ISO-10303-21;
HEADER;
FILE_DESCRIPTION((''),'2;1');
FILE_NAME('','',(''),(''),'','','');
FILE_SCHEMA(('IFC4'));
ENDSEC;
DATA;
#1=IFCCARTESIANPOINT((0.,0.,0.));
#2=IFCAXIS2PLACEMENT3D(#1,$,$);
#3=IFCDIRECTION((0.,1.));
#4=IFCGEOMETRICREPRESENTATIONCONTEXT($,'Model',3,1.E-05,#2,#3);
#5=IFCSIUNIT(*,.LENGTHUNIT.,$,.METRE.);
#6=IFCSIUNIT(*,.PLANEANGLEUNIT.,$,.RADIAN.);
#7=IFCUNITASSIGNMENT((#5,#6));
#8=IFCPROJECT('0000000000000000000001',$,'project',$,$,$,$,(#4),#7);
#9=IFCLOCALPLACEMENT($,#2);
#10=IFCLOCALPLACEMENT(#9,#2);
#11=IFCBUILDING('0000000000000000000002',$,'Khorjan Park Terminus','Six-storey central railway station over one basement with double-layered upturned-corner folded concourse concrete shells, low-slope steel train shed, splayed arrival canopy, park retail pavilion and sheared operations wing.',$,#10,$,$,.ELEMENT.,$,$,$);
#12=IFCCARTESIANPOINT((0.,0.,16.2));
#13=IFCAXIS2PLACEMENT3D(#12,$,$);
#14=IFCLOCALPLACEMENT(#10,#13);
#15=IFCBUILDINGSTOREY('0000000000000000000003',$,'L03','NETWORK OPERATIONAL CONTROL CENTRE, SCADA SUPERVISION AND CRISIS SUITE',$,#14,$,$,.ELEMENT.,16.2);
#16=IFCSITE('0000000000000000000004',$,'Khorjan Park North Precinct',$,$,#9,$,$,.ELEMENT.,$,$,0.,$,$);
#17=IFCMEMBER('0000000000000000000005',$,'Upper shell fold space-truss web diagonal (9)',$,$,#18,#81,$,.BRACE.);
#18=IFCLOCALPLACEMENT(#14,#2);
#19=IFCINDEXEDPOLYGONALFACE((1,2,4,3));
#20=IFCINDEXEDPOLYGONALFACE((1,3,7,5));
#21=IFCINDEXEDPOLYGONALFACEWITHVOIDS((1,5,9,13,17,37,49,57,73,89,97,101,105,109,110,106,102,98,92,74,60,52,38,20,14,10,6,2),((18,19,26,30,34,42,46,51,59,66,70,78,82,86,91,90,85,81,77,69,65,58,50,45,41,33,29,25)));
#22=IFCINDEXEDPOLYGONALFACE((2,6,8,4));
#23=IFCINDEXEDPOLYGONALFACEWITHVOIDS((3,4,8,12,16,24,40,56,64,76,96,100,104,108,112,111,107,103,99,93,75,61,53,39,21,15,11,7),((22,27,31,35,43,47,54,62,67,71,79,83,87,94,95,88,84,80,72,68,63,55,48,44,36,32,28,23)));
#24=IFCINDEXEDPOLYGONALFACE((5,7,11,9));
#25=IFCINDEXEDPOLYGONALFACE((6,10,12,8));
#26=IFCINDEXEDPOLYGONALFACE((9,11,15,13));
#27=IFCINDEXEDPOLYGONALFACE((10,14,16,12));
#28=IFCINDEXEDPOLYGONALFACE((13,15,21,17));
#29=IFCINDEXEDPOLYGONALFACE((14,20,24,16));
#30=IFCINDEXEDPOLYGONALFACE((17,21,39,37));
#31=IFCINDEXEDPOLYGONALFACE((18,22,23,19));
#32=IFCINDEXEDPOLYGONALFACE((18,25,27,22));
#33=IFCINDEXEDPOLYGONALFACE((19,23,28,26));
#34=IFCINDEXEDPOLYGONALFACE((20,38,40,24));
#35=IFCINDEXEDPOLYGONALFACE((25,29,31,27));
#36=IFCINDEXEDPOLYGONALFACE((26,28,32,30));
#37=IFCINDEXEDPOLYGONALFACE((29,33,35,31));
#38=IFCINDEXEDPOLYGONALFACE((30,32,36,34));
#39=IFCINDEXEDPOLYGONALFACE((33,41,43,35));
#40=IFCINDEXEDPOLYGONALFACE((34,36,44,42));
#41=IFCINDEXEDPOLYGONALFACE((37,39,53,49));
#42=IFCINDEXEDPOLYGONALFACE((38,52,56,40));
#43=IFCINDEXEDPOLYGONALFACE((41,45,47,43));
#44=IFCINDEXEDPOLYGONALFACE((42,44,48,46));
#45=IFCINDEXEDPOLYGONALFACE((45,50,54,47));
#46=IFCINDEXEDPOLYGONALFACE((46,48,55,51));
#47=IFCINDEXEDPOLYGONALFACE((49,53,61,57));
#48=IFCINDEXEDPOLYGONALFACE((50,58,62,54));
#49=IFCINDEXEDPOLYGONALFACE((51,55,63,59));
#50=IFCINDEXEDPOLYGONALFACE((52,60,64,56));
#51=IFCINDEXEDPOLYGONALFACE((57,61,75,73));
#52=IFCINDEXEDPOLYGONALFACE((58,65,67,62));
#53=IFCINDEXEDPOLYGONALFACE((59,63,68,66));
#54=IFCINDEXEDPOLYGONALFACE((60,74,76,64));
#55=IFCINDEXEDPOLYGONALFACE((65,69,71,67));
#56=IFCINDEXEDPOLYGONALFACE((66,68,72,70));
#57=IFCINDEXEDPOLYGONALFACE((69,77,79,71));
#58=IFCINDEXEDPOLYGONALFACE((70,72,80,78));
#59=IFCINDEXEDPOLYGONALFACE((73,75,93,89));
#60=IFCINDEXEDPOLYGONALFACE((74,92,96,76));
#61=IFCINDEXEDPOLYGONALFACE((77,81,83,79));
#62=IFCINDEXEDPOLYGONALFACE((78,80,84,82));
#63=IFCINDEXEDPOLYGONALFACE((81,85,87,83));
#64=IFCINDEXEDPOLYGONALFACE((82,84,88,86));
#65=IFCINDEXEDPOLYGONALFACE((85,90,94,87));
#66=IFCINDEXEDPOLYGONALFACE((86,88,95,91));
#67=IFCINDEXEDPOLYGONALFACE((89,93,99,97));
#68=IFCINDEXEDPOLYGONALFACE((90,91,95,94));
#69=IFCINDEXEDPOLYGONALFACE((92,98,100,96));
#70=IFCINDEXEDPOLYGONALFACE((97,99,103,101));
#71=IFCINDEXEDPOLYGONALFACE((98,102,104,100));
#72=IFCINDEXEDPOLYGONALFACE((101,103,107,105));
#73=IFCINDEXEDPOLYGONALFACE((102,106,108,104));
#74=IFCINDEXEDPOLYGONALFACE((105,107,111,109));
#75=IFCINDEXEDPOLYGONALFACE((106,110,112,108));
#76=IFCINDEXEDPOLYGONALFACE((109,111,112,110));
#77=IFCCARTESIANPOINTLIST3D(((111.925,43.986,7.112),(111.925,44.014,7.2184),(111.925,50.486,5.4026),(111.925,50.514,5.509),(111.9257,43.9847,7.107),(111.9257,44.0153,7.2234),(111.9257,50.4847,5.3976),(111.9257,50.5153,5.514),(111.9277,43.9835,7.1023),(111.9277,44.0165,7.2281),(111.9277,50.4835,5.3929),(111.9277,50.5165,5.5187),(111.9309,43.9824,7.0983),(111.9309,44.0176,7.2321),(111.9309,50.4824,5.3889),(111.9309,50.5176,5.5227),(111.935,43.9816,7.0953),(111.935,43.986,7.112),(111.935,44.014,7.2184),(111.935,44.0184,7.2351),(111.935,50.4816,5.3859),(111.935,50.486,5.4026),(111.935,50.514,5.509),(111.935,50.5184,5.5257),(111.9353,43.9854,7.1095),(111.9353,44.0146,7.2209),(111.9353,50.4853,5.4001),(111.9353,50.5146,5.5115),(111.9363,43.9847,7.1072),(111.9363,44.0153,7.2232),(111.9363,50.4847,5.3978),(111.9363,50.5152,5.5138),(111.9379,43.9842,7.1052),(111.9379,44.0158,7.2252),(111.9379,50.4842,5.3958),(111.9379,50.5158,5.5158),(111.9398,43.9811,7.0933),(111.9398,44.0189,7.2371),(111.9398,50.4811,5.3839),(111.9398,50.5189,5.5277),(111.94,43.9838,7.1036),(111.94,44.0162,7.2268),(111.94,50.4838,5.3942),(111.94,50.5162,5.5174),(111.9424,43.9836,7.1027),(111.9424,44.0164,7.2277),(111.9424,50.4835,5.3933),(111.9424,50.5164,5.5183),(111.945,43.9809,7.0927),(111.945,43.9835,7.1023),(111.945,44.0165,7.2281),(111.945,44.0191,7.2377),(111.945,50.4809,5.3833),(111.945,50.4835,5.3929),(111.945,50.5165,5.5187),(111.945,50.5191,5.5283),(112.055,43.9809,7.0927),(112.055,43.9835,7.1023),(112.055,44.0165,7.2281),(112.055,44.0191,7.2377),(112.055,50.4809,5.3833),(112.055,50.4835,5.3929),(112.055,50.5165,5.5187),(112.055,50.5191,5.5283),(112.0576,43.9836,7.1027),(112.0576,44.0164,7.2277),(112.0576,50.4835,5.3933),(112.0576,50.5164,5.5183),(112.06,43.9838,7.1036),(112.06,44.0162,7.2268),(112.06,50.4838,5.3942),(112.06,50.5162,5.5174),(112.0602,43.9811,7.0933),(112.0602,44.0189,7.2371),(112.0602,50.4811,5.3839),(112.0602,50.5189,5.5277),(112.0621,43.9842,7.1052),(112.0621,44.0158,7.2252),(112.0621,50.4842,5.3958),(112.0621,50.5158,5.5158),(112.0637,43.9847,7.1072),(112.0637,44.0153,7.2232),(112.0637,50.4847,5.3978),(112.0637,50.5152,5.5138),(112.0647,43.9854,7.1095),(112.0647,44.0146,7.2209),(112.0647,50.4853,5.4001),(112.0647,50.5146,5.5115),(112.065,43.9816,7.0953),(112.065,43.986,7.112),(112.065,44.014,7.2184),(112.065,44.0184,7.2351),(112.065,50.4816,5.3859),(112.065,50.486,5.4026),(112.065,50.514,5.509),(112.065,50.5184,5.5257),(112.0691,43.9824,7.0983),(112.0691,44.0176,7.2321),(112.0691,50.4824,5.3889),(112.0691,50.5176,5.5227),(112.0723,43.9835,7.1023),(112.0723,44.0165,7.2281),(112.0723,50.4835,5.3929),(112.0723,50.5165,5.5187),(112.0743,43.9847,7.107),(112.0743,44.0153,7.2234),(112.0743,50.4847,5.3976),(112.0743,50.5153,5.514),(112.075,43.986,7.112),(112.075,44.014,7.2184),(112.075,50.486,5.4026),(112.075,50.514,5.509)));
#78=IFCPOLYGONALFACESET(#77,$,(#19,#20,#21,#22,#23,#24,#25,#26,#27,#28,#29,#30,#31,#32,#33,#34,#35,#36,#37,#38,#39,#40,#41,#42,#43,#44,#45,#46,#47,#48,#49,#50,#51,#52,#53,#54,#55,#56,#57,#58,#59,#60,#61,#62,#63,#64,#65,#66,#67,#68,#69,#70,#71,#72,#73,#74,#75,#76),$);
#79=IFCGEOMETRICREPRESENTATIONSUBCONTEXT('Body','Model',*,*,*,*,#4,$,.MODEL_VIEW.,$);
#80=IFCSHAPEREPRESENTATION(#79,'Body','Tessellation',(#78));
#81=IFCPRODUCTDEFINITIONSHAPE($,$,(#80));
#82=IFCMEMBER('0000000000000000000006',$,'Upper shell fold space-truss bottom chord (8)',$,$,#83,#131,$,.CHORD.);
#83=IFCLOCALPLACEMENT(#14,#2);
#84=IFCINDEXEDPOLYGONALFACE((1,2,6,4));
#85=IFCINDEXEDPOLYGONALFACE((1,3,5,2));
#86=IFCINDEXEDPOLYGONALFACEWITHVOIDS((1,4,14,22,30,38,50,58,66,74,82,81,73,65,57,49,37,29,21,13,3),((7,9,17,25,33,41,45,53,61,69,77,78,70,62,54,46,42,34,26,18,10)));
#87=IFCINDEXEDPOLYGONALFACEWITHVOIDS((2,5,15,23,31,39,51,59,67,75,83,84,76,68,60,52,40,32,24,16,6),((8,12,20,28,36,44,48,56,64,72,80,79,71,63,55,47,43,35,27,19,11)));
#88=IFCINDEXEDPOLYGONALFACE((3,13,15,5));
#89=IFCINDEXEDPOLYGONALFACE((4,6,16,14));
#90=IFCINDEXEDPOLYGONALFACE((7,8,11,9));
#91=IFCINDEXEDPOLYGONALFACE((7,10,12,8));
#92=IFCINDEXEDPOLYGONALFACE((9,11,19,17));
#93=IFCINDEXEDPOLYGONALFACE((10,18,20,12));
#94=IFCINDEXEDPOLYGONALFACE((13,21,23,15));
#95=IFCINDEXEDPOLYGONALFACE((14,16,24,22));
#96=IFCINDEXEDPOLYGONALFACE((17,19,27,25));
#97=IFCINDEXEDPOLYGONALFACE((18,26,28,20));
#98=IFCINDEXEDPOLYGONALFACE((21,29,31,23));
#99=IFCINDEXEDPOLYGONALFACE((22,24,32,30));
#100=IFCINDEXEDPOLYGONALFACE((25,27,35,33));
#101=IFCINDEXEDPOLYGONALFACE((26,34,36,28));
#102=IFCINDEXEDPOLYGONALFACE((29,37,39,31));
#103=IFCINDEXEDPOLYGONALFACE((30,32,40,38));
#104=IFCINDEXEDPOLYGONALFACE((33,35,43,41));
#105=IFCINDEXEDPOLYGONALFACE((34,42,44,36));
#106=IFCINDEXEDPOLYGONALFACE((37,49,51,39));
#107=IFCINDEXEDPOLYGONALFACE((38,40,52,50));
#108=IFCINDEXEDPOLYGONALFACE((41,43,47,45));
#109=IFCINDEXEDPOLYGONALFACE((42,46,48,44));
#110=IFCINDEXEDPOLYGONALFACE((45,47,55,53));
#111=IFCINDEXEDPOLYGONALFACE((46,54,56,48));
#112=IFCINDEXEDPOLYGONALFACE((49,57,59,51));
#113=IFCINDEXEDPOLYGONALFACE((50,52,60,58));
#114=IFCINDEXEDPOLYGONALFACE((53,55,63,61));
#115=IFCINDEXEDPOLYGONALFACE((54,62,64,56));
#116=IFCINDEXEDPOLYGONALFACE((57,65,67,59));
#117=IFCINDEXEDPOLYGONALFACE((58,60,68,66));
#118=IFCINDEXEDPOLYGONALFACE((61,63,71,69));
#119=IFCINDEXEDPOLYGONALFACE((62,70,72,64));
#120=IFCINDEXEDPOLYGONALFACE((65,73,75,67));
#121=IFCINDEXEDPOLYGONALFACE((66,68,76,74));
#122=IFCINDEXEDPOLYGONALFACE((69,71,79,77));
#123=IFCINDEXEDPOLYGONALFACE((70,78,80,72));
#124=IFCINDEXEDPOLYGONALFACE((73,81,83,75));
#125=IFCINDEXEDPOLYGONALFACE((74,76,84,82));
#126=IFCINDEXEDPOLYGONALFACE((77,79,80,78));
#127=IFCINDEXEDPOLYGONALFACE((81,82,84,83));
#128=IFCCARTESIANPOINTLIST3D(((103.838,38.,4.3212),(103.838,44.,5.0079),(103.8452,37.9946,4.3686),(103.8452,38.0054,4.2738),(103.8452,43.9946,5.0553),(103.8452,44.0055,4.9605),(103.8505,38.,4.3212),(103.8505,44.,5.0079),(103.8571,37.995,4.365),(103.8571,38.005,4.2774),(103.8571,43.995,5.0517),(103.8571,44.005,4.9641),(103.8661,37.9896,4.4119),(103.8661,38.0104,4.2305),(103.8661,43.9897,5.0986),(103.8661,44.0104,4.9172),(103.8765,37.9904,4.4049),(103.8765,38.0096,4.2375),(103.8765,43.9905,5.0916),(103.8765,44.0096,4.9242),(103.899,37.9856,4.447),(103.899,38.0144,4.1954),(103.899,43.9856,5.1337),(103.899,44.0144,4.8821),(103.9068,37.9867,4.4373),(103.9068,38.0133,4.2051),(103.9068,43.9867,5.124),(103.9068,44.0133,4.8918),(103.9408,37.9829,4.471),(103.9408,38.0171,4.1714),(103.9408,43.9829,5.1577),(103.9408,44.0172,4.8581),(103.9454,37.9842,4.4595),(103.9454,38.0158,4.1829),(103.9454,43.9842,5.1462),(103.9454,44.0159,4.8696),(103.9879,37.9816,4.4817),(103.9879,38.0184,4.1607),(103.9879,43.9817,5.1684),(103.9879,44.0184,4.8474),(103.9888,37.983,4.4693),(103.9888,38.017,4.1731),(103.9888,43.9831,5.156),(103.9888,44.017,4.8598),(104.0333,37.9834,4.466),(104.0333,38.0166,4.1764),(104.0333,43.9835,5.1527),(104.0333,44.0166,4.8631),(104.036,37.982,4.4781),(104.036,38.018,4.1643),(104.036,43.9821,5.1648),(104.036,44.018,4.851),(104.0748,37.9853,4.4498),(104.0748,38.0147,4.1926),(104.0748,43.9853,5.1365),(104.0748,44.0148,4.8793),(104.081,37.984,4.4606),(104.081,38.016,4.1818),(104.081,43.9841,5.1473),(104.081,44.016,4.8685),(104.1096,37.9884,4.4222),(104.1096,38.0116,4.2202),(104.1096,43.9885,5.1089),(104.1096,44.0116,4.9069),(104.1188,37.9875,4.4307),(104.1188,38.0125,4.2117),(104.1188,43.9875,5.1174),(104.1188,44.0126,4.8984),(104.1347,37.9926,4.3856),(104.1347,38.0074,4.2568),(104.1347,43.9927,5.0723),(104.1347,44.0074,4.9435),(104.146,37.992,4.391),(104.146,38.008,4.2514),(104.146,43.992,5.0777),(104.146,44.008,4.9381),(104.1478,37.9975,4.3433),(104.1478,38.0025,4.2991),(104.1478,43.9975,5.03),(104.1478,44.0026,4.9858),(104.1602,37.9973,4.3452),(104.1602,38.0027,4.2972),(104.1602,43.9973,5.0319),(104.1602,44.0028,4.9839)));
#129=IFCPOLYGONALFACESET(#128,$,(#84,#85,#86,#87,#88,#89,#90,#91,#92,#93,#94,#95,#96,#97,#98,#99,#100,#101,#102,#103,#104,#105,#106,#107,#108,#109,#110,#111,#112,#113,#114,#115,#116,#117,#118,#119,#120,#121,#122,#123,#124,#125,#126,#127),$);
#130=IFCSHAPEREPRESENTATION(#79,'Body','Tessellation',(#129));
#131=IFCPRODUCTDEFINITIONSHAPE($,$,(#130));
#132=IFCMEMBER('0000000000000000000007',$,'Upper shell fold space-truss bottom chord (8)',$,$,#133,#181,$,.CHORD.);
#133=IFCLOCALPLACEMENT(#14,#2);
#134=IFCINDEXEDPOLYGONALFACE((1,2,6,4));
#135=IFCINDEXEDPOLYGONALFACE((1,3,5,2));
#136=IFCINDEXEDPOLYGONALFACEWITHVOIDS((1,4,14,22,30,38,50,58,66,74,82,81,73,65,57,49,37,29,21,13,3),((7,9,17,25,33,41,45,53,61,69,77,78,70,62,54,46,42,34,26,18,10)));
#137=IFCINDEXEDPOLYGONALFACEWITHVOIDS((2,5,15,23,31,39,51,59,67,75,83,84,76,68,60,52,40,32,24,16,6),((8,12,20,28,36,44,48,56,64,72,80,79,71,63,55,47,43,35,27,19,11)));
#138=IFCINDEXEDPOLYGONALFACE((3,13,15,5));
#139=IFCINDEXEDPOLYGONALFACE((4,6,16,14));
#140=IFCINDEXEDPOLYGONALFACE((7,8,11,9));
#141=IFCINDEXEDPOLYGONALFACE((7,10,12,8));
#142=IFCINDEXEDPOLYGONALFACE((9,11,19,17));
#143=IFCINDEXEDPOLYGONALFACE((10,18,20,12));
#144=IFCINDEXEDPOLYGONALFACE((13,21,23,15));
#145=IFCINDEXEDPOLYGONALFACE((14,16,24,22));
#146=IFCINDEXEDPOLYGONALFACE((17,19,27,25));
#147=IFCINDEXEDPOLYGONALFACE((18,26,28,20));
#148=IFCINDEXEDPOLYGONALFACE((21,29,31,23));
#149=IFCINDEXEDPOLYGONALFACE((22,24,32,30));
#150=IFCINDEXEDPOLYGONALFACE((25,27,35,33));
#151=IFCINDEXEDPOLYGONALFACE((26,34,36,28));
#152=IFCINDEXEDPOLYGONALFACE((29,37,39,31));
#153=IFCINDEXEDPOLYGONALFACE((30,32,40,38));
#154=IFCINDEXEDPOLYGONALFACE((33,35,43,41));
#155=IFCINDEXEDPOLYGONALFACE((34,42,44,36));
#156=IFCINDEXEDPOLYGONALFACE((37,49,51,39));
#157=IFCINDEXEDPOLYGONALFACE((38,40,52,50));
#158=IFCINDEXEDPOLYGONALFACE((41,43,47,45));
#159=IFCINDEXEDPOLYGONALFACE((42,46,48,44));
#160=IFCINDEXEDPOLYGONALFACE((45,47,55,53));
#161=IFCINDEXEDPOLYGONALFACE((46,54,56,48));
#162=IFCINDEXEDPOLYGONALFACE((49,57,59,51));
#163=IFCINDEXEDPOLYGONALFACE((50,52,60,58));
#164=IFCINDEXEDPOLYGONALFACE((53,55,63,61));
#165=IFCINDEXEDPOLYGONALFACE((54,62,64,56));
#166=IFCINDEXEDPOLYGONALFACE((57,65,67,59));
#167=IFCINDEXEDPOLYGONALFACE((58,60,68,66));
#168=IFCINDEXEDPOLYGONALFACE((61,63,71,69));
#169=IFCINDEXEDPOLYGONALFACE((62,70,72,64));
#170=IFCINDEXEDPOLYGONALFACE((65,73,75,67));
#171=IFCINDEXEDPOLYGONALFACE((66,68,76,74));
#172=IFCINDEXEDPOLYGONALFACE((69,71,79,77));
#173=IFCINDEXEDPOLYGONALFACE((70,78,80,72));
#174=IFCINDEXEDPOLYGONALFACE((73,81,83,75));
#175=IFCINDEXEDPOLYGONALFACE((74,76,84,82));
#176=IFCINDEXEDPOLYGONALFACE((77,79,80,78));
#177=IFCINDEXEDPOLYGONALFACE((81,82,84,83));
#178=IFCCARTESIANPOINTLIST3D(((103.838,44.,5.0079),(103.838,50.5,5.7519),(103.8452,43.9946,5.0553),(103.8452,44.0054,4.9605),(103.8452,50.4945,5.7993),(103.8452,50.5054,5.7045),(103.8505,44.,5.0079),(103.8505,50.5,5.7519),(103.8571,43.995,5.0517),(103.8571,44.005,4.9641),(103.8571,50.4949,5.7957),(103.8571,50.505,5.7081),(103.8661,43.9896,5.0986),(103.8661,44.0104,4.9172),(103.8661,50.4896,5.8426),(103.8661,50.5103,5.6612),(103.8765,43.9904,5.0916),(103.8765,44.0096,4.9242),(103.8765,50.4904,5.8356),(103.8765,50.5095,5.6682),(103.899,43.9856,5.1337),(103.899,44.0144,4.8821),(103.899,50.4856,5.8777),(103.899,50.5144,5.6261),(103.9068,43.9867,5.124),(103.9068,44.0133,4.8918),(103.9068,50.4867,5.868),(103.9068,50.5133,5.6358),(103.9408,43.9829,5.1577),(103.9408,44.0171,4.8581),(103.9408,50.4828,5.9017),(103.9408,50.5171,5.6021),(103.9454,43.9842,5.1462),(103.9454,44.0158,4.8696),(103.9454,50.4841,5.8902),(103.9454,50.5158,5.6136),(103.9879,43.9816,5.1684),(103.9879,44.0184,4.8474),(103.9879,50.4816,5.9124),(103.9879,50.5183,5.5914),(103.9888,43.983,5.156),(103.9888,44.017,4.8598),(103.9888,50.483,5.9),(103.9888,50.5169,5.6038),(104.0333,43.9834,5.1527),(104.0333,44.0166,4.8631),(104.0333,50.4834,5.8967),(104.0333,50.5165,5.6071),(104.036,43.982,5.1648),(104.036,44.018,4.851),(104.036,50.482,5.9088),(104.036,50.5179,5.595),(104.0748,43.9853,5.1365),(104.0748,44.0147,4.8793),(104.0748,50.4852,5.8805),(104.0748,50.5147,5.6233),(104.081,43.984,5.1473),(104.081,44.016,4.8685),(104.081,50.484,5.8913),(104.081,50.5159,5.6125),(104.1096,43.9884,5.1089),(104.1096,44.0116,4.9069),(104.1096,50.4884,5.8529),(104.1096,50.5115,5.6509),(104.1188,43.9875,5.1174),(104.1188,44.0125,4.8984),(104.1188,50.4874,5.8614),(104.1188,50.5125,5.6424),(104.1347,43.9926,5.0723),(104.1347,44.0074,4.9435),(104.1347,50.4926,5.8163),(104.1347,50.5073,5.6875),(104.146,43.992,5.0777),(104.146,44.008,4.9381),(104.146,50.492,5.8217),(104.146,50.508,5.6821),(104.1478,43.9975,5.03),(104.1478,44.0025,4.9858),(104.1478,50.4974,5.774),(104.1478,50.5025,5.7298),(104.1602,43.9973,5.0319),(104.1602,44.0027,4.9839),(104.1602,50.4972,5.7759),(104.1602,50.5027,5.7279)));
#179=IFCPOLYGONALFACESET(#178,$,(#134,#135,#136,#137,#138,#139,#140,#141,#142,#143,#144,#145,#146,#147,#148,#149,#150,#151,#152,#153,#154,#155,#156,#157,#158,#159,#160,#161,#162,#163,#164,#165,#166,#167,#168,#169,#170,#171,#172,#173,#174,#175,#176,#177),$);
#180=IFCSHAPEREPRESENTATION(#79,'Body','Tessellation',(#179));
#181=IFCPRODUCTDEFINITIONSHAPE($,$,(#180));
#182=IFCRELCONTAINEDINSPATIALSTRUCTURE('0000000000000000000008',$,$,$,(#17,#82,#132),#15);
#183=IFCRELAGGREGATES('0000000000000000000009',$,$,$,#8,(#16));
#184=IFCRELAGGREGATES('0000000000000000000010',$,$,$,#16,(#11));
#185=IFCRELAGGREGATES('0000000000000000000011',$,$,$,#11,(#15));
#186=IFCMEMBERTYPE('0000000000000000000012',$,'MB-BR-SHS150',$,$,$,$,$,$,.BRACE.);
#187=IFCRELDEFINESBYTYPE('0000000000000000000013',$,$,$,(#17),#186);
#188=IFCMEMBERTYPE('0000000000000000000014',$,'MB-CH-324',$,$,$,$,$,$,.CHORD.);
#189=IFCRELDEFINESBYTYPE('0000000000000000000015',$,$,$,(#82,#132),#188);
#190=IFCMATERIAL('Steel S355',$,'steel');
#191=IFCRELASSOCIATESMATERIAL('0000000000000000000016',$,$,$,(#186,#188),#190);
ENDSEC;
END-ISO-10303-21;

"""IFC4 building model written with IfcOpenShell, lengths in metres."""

from ifc_helpers import new_model, si_unit, direction, frame, origin, origin_2d, place, context, subcontext, project, spatial, hollow_rectangle, hollow_circle, extrude, material, material_profile, profile_set, type_object, element, save


model = new_model("IFC4")

# Units and contexts
model_context = context("Model", 3, precision=1e-05, world=origin(), true_north=direction((0.0, 1.0)))
body_context = subcontext(model_context, "Body", "Model", "MODEL_VIEW")
ifc_project = project(units=[si_unit("LENGTHUNIT", "METRE"), si_unit("PLANEANGLEUNIT", "RADIAN")], contexts=[model_context])

# Site, building, storey
site_placement = place(None, origin())
site = spatial("IfcSite", under=ifc_project, at=site_placement, Name="Khorjan Park North Precinct", CompositionType="ELEMENT", RefElevation=0.0)
building_placement = place(site_placement, origin())
building = spatial("IfcBuilding", under=site, at=building_placement, Name="Khorjan Park Terminus", Description="Six-storey central railway station over one basement with double-layered upturned-corner folded concourse concrete shells, low-slope steel train shed, splayed arrival canopy, park retail pavilion and sheared operations wing.", CompositionType="ELEMENT")
storey_placement = place(building_placement, frame((0.0, 0.0, 16.2)))
storey = spatial("IfcBuildingStorey", under=building, at=storey_placement, Name="L03", Description="NETWORK OPERATIONAL CONTROL CENTRE, SCADA SUPERVISION AND CRISIS SUITE", CompositionType="ELEMENT", Elevation=16.2)

# Members
ifc_material = material(Name="Steel S355", Category="steel")
ifc_material_profile_1 = material_profile(ifc_material, hollow_rectangle(XDim=0.15, YDim=0.15, WallThickness=0.01, InnerFilletRadius=0.01, OuterFilletRadius=0.02, at=origin_2d()), Name="SHS 150x150x10")
ifc_profile_set_1 = profile_set([ifc_material_profile_1], Name="Steel S355")
member_type_1 = type_object("IfcMemberType", Name="MB-BR-SHS150", PredefinedType="BRACE", material=ifc_profile_set_1)
member_1_placement = place(storey_placement, frame((112.0, 44.0, 7.1652), z_axis=(0.0, 0.967116, -0.254337), x_axis=(-1.0, 0.0, 0.0)))
element("IfcMember", 1, at=member_1_placement, inside=storey, type_object=member_type_1, Name="Upper shell fold space-truss web diagonal (9)", PredefinedType="BRACE", context=body_context, shape_type="SweptSolid", body=[
    extrude(hollow_rectangle(XDim=0.15, YDim=0.15, WallThickness=0.01, InnerFilletRadius=0.01, OuterFilletRadius=0.02, at=origin_2d()), origin(), (0.0, 0.0, 1.0), 6.721),
])
ifc_material_profile_2 = material_profile(ifc_material, hollow_circle(Radius=0.162, WallThickness=0.0125, at=origin_2d()), Name="CHS 323.9x12.5")
ifc_profile_set_2 = profile_set([ifc_material_profile_2], Name="Steel S355")
member_type_2 = type_object("IfcMemberType", Name="MB-CH-324", PredefinedType="CHORD", material=ifc_profile_set_2)
member_2_placement = place(storey_placement, frame((104.0, 38.0, 4.3212), z_axis=(0.0, 0.993514, 0.113708), x_axis=(-1.0, 0.0, 0.0)))
element("IfcMember", 2, at=member_2_placement, inside=storey, type_object=member_type_2, Name="Upper shell fold space-truss bottom chord (8)", PredefinedType="CHORD", context=body_context, shape_type="SweptSolid", body=[
    extrude(hollow_circle(Radius=0.162, WallThickness=0.0125, at=origin_2d()), origin(), (0.0, 0.0, 1.0), 6.0392),
])
member_3_placement = place(storey_placement, frame((104.0, 44.0, 5.0079), z_axis=(0.0, 0.993513, 0.113719), x_axis=(-1.0, 0.0, 0.0)))
element("IfcMember", 3, at=member_3_placement, inside=storey, type_object=member_type_2, Name="Upper shell fold space-truss bottom chord (8)", PredefinedType="CHORD", context=body_context, shape_type="SweptSolid", body=[
    extrude(hollow_circle(Radius=0.162, WallThickness=0.0125, at=origin_2d()), origin(), (0.0, 0.0, 1.0), 6.5424),
])

save(model, "model.ifc")
